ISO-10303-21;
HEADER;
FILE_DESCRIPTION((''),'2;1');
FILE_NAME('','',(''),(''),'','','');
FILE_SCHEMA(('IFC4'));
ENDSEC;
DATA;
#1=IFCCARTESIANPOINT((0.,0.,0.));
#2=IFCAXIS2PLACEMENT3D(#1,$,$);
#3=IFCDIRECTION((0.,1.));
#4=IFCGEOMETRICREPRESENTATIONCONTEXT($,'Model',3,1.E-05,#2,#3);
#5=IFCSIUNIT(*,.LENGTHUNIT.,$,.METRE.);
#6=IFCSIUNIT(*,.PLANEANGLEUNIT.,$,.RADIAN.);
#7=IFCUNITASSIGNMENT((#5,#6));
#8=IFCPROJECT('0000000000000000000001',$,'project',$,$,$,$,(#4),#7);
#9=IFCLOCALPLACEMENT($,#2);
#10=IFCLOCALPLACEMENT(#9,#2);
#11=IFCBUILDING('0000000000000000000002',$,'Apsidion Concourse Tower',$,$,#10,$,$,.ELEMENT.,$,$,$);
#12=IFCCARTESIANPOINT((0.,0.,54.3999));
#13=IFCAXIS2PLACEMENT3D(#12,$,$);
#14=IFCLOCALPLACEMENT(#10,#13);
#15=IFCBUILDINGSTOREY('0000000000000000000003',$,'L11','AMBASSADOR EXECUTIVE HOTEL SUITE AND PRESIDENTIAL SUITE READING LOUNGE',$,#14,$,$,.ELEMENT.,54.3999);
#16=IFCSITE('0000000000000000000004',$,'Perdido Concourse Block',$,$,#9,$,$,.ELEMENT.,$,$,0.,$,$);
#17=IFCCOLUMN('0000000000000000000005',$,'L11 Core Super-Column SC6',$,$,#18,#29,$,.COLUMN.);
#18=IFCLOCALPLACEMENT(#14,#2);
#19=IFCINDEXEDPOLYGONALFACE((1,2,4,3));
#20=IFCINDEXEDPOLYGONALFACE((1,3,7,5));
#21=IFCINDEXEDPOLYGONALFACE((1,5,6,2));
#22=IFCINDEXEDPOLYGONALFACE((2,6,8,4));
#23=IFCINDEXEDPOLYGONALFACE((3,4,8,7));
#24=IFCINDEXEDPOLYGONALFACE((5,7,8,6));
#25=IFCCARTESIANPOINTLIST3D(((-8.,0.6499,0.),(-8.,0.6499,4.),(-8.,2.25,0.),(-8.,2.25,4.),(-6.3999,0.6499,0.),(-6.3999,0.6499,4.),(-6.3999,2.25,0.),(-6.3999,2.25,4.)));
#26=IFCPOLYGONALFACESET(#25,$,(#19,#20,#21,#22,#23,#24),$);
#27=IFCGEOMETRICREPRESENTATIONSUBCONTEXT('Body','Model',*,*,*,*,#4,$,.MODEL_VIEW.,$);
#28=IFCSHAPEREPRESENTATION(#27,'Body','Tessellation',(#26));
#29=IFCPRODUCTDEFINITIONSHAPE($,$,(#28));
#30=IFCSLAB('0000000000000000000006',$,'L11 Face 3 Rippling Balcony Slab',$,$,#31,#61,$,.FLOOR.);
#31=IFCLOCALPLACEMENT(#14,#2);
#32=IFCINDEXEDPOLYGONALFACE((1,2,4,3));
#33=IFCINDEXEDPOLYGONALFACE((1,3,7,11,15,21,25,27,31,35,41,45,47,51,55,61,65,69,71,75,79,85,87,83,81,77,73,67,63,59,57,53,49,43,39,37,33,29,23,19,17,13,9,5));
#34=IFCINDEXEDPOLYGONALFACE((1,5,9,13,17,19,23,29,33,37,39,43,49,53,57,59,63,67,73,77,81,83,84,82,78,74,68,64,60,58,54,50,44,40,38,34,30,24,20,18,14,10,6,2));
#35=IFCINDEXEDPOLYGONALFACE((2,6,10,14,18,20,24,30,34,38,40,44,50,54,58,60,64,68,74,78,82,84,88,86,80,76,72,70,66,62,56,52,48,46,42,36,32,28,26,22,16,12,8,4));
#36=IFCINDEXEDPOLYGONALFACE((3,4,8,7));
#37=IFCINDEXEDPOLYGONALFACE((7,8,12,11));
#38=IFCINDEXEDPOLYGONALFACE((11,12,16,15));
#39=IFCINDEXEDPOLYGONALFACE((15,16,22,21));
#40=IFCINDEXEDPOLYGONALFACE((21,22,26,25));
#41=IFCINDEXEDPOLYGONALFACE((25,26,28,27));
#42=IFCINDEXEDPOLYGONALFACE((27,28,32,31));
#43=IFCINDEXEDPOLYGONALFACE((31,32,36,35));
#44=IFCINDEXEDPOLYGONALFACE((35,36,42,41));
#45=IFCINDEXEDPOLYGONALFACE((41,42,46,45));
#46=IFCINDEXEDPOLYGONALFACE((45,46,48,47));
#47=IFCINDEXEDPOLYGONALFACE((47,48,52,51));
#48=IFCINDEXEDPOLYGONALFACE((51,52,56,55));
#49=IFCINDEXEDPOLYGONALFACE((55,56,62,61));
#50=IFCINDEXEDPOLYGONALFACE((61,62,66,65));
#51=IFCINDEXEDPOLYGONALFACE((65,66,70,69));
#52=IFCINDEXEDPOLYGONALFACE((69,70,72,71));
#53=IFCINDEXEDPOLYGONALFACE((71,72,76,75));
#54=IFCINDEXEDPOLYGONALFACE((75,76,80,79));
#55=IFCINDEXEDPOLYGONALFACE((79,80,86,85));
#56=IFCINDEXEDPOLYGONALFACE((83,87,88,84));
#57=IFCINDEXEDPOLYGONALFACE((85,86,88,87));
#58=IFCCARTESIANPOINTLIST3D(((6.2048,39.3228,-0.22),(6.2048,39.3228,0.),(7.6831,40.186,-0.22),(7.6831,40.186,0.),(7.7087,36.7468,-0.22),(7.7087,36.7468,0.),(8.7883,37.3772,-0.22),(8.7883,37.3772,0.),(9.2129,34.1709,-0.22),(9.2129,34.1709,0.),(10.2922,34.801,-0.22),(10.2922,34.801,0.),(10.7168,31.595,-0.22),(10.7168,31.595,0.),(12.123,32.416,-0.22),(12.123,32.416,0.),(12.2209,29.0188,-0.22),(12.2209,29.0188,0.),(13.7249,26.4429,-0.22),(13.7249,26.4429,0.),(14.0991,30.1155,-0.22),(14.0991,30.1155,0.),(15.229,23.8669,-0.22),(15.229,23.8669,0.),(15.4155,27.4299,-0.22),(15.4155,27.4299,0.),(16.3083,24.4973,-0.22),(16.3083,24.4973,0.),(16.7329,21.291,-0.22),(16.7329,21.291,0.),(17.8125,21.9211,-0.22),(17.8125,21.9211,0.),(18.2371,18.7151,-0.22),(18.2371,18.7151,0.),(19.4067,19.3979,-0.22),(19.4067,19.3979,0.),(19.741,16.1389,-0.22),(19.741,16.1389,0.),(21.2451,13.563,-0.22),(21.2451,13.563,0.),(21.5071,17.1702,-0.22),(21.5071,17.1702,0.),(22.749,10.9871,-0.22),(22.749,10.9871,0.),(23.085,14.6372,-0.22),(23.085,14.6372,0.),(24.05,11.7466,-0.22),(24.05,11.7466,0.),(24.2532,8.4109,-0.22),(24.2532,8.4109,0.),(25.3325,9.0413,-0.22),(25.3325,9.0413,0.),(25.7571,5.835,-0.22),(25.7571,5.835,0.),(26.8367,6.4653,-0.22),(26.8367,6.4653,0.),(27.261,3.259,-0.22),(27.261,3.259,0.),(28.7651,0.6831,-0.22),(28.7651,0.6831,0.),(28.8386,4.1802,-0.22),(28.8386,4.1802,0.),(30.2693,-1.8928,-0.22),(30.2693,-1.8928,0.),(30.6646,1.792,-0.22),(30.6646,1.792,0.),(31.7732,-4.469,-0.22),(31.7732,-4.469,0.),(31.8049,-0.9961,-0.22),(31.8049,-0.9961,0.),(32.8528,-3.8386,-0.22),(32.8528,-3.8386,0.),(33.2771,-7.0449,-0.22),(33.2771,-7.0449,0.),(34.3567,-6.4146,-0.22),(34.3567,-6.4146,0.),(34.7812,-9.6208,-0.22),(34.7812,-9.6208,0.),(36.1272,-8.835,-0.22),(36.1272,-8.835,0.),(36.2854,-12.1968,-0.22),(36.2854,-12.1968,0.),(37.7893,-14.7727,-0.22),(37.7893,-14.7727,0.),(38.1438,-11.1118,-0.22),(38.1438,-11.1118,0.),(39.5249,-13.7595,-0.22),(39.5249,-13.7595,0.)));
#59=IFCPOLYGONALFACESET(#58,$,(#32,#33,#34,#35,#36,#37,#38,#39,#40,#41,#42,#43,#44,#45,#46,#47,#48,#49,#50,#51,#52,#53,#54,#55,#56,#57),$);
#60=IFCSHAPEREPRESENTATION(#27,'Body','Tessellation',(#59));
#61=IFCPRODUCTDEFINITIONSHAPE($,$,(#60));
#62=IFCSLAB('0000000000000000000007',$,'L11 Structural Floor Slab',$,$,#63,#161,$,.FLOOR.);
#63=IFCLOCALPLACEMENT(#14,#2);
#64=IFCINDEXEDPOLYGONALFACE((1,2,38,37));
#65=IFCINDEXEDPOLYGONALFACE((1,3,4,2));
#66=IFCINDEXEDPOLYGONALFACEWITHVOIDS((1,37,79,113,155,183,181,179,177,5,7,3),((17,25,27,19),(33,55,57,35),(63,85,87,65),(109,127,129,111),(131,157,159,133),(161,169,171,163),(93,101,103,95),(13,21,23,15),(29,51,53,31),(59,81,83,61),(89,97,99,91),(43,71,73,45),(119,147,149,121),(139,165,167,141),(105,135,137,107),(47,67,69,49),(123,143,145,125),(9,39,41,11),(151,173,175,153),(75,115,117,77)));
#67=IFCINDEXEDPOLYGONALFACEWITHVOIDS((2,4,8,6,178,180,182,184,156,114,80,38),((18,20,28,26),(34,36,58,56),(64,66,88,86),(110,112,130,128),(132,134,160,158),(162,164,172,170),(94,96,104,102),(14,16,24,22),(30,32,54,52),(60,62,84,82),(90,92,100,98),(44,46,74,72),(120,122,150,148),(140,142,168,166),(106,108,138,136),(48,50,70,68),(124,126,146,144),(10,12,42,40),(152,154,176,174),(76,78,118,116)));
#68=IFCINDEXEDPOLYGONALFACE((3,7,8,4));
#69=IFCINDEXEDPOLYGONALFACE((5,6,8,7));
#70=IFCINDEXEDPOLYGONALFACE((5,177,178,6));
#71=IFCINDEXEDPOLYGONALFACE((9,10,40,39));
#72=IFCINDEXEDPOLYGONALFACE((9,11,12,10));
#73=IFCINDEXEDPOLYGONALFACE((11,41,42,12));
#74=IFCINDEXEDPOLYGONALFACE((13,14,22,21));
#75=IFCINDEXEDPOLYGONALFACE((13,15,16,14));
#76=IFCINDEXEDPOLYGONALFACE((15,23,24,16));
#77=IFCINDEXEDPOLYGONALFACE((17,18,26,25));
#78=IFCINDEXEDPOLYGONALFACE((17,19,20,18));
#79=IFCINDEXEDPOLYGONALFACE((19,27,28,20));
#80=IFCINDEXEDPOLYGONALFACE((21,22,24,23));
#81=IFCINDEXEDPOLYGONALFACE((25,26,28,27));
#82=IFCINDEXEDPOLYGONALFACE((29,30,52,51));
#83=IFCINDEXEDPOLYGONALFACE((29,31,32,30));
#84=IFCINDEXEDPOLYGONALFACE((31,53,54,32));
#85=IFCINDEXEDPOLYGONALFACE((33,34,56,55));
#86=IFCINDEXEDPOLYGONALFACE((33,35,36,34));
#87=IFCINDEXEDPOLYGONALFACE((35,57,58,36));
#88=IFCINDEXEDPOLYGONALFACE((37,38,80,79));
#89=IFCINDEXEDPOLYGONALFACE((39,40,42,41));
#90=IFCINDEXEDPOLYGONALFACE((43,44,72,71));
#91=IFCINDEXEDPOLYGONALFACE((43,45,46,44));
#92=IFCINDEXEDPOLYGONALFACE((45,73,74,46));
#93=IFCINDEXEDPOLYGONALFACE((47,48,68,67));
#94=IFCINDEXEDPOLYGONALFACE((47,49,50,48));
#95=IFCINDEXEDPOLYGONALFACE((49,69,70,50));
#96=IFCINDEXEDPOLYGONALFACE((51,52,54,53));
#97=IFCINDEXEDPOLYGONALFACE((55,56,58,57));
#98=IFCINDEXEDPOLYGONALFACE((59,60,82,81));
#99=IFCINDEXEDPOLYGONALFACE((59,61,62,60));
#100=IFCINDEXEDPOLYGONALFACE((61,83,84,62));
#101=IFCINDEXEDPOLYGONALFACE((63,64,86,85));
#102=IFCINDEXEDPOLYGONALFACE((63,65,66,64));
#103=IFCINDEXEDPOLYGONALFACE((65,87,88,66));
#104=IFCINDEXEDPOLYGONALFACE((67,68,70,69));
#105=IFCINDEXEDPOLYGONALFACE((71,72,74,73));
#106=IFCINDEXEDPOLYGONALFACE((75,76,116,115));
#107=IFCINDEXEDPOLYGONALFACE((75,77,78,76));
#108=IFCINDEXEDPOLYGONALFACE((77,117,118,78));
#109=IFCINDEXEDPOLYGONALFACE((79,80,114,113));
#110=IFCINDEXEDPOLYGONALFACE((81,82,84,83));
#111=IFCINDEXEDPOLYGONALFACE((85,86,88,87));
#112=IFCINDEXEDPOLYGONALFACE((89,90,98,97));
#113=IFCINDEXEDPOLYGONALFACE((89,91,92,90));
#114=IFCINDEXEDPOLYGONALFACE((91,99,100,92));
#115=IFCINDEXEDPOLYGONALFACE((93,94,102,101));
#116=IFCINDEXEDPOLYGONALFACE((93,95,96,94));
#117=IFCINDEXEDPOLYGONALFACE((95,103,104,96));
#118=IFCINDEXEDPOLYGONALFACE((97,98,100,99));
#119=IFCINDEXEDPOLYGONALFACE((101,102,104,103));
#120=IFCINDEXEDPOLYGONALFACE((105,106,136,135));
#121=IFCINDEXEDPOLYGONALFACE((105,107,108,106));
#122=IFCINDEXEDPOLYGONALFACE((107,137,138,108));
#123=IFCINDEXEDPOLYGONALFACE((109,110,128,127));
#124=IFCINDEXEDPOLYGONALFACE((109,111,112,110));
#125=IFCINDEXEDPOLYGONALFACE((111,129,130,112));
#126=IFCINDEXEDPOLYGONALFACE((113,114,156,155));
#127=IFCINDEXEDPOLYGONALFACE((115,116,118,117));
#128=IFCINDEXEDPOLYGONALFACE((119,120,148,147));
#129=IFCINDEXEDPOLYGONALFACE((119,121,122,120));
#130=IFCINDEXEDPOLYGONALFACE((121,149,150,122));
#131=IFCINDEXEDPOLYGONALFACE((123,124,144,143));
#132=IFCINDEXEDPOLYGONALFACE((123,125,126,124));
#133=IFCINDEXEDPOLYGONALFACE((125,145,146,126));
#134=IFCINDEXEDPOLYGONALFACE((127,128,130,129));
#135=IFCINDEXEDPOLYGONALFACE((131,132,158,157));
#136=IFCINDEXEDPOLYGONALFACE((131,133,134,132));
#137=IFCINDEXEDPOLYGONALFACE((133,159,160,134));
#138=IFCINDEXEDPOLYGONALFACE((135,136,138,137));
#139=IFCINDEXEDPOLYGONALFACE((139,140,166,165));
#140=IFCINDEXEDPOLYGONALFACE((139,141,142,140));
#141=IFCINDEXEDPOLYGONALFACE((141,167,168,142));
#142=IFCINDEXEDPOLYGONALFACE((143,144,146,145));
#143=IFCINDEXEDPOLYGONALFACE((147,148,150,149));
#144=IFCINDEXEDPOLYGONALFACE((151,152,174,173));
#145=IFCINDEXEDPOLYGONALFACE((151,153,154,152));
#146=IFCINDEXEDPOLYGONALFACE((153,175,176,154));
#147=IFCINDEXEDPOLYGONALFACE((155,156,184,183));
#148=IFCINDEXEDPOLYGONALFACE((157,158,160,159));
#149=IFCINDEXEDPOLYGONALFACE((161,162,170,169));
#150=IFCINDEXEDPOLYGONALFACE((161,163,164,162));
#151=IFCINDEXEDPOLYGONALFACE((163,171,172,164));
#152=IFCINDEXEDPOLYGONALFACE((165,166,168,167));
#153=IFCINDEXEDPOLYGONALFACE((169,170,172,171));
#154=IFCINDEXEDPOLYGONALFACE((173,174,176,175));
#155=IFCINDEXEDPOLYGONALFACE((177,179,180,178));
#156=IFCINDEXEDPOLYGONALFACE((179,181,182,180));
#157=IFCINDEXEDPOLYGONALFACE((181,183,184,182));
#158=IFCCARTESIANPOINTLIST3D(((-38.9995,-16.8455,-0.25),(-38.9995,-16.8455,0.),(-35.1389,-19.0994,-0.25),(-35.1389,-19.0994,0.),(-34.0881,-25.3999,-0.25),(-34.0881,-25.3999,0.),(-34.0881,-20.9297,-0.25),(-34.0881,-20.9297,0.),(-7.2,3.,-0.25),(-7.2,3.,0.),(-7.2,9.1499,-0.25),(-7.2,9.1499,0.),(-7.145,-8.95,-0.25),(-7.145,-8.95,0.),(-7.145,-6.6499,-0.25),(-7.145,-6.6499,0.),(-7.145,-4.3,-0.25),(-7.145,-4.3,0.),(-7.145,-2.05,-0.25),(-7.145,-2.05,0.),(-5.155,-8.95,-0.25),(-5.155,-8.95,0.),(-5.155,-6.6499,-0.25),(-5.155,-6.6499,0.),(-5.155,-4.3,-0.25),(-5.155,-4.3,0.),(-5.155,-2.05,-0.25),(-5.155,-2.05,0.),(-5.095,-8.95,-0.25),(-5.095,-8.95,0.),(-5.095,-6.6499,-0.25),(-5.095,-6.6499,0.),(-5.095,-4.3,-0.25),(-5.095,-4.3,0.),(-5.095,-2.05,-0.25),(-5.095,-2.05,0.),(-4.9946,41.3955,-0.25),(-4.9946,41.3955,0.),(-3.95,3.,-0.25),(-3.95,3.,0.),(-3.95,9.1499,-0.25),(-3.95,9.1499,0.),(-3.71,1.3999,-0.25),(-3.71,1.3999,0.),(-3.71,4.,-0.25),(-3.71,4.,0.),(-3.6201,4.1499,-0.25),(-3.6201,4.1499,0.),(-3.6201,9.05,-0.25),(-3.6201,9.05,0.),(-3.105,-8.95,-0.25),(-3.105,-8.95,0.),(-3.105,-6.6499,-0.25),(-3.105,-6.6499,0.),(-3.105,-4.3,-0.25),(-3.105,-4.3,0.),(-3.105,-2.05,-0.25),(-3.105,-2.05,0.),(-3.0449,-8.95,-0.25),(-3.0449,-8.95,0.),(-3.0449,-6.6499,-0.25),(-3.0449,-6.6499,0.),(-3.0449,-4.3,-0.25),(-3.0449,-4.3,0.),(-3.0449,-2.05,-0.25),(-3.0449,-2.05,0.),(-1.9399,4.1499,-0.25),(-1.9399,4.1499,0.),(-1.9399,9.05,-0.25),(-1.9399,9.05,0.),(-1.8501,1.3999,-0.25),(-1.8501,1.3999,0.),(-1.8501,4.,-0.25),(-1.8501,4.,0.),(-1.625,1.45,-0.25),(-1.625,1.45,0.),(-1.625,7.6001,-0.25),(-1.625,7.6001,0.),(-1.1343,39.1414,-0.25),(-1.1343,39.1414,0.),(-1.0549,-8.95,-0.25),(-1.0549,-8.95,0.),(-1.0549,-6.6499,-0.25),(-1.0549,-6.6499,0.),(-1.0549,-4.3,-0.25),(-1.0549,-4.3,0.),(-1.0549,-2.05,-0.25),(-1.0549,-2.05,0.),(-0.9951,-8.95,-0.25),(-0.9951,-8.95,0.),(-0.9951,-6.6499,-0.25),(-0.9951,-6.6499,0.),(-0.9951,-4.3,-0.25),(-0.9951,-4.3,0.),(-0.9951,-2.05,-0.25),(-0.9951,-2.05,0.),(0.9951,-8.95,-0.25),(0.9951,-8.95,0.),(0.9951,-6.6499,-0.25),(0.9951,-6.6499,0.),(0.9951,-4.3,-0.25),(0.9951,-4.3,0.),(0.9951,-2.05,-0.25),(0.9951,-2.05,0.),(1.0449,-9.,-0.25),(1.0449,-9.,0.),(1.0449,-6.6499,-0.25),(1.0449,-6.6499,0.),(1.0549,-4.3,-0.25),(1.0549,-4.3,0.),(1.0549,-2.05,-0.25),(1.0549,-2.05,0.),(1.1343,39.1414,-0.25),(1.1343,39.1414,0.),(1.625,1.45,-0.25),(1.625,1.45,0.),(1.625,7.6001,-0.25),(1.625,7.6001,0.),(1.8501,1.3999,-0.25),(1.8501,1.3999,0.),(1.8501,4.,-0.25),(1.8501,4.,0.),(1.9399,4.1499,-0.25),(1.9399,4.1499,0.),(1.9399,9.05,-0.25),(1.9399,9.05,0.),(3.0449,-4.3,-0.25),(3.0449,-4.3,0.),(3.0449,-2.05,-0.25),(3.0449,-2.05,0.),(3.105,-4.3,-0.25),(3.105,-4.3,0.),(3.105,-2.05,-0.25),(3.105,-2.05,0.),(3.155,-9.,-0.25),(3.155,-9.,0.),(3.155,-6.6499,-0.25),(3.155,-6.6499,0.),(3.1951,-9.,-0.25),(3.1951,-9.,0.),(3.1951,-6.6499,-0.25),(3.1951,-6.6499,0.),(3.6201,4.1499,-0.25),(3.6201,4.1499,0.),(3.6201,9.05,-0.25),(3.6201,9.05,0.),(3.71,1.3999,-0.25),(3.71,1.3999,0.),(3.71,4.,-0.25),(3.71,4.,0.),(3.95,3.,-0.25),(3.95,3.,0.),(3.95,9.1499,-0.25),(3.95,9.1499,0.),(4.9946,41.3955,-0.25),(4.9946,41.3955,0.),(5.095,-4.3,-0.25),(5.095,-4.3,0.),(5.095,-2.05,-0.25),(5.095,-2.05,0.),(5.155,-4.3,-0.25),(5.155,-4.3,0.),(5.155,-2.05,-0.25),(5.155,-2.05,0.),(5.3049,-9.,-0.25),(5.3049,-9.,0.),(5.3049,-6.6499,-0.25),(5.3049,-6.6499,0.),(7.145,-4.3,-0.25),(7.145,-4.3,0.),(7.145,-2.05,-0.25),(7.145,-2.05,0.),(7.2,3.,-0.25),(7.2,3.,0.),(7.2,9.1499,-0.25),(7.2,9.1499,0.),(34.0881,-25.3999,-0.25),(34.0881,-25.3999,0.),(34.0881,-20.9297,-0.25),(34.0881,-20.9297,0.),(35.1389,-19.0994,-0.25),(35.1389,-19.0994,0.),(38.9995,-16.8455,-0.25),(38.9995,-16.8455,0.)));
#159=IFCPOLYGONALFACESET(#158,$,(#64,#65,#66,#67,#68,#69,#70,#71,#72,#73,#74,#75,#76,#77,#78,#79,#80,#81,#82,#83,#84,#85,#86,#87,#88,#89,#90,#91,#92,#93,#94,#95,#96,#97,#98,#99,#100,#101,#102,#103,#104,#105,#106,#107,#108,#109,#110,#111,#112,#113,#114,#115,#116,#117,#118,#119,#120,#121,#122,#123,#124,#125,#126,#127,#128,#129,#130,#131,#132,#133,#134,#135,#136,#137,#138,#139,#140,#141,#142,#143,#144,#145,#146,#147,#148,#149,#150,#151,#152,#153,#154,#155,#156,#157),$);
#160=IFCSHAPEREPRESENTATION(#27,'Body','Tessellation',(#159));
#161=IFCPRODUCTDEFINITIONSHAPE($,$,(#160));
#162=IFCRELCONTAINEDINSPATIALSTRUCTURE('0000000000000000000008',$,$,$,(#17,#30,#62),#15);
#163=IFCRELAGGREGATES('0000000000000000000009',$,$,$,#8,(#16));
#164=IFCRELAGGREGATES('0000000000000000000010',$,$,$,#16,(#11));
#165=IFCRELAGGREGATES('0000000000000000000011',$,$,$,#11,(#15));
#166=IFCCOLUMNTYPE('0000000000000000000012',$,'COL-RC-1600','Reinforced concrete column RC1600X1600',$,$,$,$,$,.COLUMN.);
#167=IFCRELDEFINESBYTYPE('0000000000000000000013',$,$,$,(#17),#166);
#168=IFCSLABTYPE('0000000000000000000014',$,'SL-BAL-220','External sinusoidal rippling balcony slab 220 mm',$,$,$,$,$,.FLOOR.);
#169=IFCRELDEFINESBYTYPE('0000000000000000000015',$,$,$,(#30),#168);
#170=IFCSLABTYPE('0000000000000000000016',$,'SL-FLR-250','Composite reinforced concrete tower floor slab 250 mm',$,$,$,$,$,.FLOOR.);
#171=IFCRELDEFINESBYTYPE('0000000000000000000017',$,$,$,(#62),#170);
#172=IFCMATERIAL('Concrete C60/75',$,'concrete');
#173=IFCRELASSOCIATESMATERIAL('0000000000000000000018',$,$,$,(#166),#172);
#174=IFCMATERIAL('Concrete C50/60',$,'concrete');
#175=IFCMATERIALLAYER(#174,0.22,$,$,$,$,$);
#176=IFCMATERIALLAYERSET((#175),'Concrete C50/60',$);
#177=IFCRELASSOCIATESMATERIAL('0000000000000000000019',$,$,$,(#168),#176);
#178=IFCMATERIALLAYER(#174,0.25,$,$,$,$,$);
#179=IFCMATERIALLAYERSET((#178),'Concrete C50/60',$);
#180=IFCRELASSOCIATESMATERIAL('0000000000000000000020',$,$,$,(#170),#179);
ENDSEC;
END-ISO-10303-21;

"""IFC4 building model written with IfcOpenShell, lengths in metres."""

from ifc_helpers import new_model, si_unit, direction, frame, origin, origin_2d, place, context, subcontext, project, spatial, polyline, rectangle, outline, extrude, material, layer, layer_set, material_profile, profile_set, type_object, element, save


model = new_model("IFC4")

# Units and contexts
model_context = context("Model", 3, precision=1e-05, world=origin(), true_north=direction((0.0, 1.0)))
body_context = subcontext(model_context, "Body", "Model", "MODEL_VIEW")
ifc_project = project(units=[si_unit("LENGTHUNIT", "METRE"), si_unit("PLANEANGLEUNIT", "RADIAN")], contexts=[model_context])

# Site, building, storey
site_placement = place(None, origin())
site = spatial("IfcSite", under=ifc_project, at=site_placement, Name="Perdido Concourse Block", CompositionType="ELEMENT", RefElevation=0.0)
building_placement = place(site_placement, origin())
building = spatial("IfcBuilding", under=site, at=building_placement, Name="Apsidion Concourse Tower", CompositionType="ELEMENT")
storey_placement = place(building_placement, frame((0.0, 0.0, 54.3999)))
storey = spatial("IfcBuildingStorey", under=building, at=storey_placement, Name="L11", Description="AMBASSADOR EXECUTIVE HOTEL SUITE AND PRESIDENTIAL SUITE READING LOUNGE", CompositionType="ELEMENT", Elevation=54.3999)

# Column
ifc_material_1 = material(Name="Concrete C60/75", Category="concrete")
ifc_material_profile = material_profile(ifc_material_1, rectangle(XDim=1.6001, YDim=1.6001, at=origin_2d()), Name="RC 1600x1600")
ifc_profile_set = profile_set([ifc_material_profile], Name="Concrete C60/75")
column_type = type_object("IfcColumnType", Name="COL-RC-1600", Description="Reinforced concrete column RC1600X1600", PredefinedType="COLUMN", material=ifc_profile_set)
column_placement = place(storey_placement, frame((-7.2, 1.45, 0.0), z_axis=(0.0, 0.0, 1.0), x_axis=(1.0, 0.0, 0.0)))
element("IfcColumn", 1, at=column_placement, inside=storey, type_object=column_type, Name="L11 Core Super-Column SC6", PredefinedType="COLUMN", context=body_context, shape_type="SweptSolid", body=[
    extrude(rectangle(XDim=1.6001, YDim=1.6001, at=origin_2d()), origin(), (0.0, 0.0, 1.0), 4.0),
])

# Slabs
ifc_material_2 = material(Name="Concrete C50/60", Category="concrete")
ifc_layer_1 = layer(ifc_material_2, 0.22)
ifc_layer_set_1 = layer_set([ifc_layer_1], Name="Concrete C50/60")
slab_type_1 = type_object("IfcSlabType", Name="SL-BAL-220", Description="External sinusoidal rippling balcony slab 220 mm", PredefinedType="FLOOR", material=ifc_layer_set_1)
slab_1_placement = place(storey_placement, frame((0.0, 0.0, -0.22)))
element("IfcSlab", 2, at=slab_1_placement, inside=storey, type_object=slab_type_1, Name="L11 Face 3 Rippling Balcony Slab", PredefinedType="FLOOR", context=body_context, shape_type="SweptSolid", body=[
    extrude(outline(polyline([(37.7893, -14.7727), (36.2854, -12.1968), (34.7812, -9.6208), (33.2771, -7.0449), (31.7732, -4.469), (30.2693, -1.8928), (28.7651, 0.6831), (27.261, 3.259), (25.7571, 5.835), (24.2532, 8.4109), (22.749, 10.9871), (21.2451, 13.563), (19.741, 16.1389), (18.2371, 18.7151), (16.7329, 21.291), (15.229, 23.8669), (13.7249, 26.4429), (12.2209, 29.0188), (10.7168, 31.595), (9.2129, 34.1709), (7.7087, 36.7468), (6.2048, 39.3228), (7.6831, 40.186), (8.7883, 37.3772), (10.2922, 34.801), (12.123, 32.416), (14.0991, 30.1155), (15.4155, 27.4299), (16.3083, 24.4973), (17.8125, 21.9211), (19.4067, 19.3979), (21.5071, 17.1702), (23.085, 14.6372), (24.05, 11.7466), (25.3325, 9.0413), (26.8367, 6.4653), (28.8386, 4.1802), (30.6646, 1.792), (31.8049, -0.9961), (32.8528, -3.8386), (34.3567, -6.4146), (36.1272, -8.835), (38.1438, -11.1118), (39.5249, -13.7595), (37.7893, -14.7727)])), origin(), (0.0, 0.0, 1.0), 0.22),
])
ifc_layer_2 = layer(ifc_material_2, 0.25)
ifc_layer_set_2 = layer_set([ifc_layer_2], Name="Concrete C50/60")
slab_type_2 = type_object("IfcSlabType", Name="SL-FLR-250", Description="Composite reinforced concrete tower floor slab 250 mm", PredefinedType="FLOOR", material=ifc_layer_set_2)
slab_2_placement = place(storey_placement, frame((0.0, 0.0, -0.25)))
element("IfcSlab", 3, at=slab_2_placement, inside=storey, type_object=slab_type_2, Name="L11 Structural Floor Slab", PredefinedType="FLOOR", context=body_context, shape_type="SweptSolid", body=[
    extrude(outline(polyline([(4.9946, 41.3955), (1.1343, 39.1414), (-1.1343, 39.1414), (-4.9946, 41.3955), (-38.9995, -16.8455), (-35.1389, -19.0994), (-34.0881, -20.9297), (-34.0881, -25.3999), (34.0881, -25.3999), (34.0881, -20.9297), (35.1389, -19.0994), (38.9995, -16.8455), (4.9946, 41.3955)]), holes=[polyline([(-3.95, 3.0), (-3.95, 9.1499), (-7.2, 9.1499), (-7.2, 3.0), (-3.95, 3.0)]), polyline([(7.2, 3.0), (7.2, 9.1499), (3.95, 9.1499), (3.95, 3.0), (7.2, 3.0)]), polyline([(-1.625, 7.6001), (-1.625, 1.45), (1.625, 1.45), (1.625, 7.6001), (-1.625, 7.6001)]), polyline([(-7.145, -4.3), (-5.155, -4.3), (-5.155, -2.05), (-7.145, -2.05), (-7.145, -4.3)]), polyline([(-5.095, -4.3), (-3.105, -4.3), (-3.105, -2.05), (-5.095, -2.05), (-5.095, -4.3)]), polyline([(-3.0449, -4.3), (-1.0549, -4.3), (-1.0549, -2.05), (-3.0449, -2.05), (-3.0449, -4.3)]), polyline([(-0.9951, -4.3), (0.9951, -4.3), (0.9951, -2.05), (-0.9951, -2.05), (-0.9951, -4.3)]), polyline([(1.0549, -4.3), (3.0449, -4.3), (3.0449, -2.05), (1.0549, -2.05), (1.0549, -4.3)]), polyline([(3.105, -4.3), (5.095, -4.3), (5.095, -2.05), (3.105, -2.05), (3.105, -4.3)]), polyline([(5.155, -4.3), (7.145, -4.3), (7.145, -2.05), (5.155, -2.05), (5.155, -4.3)]), polyline([(-7.145, -8.95), (-5.155, -8.95), (-5.155, -6.6499), (-7.145, -6.6499), (-7.145, -8.95)]), polyline([(-5.095, -8.95), (-3.105, -8.95), (-3.105, -6.6499), (-5.095, -6.6499), (-5.095, -8.95)]), polyline([(-3.0449, -8.95), (-1.0549, -8.95), (-1.0549, -6.6499), (-3.0449, -6.6499), (-3.0449, -8.95)]), polyline([(-0.9951, -8.95), (0.9951, -8.95), (0.9951, -6.6499), (-0.9951, -6.6499), (-0.9951, -8.95)]), polyline([(1.0449, -9.0), (3.155, -9.0), (3.155, -6.6499), (1.0449, -6.6499), (1.0449, -9.0)]), polyline([(3.1951, -9.0), (5.3049, -9.0), (5.3049, -6.6499), (3.1951, -6.6499), (3.1951, -9.0)]), polyline([(-3.71, 1.3999), (-1.8501, 1.3999), (-1.8501, 4.0), (-3.71, 4.0), (-3.71, 1.3999)]), polyline([(1.8501, 1.3999), (3.71, 1.3999), (3.71, 4.0), (1.8501, 4.0), (1.8501, 1.3999)]), polyline([(-3.6201, 4.1499), (-1.9399, 4.1499), (-1.9399, 9.05), (-3.6201, 9.05), (-3.6201, 4.1499)]), polyline([(1.9399, 4.1499), (3.6201, 4.1499), (3.6201, 9.05), (1.9399, 9.05), (1.9399, 4.1499)])]), origin(), (0.0, 0.0, 1.0), 0.25),
])

save(model, "model.ifc")
